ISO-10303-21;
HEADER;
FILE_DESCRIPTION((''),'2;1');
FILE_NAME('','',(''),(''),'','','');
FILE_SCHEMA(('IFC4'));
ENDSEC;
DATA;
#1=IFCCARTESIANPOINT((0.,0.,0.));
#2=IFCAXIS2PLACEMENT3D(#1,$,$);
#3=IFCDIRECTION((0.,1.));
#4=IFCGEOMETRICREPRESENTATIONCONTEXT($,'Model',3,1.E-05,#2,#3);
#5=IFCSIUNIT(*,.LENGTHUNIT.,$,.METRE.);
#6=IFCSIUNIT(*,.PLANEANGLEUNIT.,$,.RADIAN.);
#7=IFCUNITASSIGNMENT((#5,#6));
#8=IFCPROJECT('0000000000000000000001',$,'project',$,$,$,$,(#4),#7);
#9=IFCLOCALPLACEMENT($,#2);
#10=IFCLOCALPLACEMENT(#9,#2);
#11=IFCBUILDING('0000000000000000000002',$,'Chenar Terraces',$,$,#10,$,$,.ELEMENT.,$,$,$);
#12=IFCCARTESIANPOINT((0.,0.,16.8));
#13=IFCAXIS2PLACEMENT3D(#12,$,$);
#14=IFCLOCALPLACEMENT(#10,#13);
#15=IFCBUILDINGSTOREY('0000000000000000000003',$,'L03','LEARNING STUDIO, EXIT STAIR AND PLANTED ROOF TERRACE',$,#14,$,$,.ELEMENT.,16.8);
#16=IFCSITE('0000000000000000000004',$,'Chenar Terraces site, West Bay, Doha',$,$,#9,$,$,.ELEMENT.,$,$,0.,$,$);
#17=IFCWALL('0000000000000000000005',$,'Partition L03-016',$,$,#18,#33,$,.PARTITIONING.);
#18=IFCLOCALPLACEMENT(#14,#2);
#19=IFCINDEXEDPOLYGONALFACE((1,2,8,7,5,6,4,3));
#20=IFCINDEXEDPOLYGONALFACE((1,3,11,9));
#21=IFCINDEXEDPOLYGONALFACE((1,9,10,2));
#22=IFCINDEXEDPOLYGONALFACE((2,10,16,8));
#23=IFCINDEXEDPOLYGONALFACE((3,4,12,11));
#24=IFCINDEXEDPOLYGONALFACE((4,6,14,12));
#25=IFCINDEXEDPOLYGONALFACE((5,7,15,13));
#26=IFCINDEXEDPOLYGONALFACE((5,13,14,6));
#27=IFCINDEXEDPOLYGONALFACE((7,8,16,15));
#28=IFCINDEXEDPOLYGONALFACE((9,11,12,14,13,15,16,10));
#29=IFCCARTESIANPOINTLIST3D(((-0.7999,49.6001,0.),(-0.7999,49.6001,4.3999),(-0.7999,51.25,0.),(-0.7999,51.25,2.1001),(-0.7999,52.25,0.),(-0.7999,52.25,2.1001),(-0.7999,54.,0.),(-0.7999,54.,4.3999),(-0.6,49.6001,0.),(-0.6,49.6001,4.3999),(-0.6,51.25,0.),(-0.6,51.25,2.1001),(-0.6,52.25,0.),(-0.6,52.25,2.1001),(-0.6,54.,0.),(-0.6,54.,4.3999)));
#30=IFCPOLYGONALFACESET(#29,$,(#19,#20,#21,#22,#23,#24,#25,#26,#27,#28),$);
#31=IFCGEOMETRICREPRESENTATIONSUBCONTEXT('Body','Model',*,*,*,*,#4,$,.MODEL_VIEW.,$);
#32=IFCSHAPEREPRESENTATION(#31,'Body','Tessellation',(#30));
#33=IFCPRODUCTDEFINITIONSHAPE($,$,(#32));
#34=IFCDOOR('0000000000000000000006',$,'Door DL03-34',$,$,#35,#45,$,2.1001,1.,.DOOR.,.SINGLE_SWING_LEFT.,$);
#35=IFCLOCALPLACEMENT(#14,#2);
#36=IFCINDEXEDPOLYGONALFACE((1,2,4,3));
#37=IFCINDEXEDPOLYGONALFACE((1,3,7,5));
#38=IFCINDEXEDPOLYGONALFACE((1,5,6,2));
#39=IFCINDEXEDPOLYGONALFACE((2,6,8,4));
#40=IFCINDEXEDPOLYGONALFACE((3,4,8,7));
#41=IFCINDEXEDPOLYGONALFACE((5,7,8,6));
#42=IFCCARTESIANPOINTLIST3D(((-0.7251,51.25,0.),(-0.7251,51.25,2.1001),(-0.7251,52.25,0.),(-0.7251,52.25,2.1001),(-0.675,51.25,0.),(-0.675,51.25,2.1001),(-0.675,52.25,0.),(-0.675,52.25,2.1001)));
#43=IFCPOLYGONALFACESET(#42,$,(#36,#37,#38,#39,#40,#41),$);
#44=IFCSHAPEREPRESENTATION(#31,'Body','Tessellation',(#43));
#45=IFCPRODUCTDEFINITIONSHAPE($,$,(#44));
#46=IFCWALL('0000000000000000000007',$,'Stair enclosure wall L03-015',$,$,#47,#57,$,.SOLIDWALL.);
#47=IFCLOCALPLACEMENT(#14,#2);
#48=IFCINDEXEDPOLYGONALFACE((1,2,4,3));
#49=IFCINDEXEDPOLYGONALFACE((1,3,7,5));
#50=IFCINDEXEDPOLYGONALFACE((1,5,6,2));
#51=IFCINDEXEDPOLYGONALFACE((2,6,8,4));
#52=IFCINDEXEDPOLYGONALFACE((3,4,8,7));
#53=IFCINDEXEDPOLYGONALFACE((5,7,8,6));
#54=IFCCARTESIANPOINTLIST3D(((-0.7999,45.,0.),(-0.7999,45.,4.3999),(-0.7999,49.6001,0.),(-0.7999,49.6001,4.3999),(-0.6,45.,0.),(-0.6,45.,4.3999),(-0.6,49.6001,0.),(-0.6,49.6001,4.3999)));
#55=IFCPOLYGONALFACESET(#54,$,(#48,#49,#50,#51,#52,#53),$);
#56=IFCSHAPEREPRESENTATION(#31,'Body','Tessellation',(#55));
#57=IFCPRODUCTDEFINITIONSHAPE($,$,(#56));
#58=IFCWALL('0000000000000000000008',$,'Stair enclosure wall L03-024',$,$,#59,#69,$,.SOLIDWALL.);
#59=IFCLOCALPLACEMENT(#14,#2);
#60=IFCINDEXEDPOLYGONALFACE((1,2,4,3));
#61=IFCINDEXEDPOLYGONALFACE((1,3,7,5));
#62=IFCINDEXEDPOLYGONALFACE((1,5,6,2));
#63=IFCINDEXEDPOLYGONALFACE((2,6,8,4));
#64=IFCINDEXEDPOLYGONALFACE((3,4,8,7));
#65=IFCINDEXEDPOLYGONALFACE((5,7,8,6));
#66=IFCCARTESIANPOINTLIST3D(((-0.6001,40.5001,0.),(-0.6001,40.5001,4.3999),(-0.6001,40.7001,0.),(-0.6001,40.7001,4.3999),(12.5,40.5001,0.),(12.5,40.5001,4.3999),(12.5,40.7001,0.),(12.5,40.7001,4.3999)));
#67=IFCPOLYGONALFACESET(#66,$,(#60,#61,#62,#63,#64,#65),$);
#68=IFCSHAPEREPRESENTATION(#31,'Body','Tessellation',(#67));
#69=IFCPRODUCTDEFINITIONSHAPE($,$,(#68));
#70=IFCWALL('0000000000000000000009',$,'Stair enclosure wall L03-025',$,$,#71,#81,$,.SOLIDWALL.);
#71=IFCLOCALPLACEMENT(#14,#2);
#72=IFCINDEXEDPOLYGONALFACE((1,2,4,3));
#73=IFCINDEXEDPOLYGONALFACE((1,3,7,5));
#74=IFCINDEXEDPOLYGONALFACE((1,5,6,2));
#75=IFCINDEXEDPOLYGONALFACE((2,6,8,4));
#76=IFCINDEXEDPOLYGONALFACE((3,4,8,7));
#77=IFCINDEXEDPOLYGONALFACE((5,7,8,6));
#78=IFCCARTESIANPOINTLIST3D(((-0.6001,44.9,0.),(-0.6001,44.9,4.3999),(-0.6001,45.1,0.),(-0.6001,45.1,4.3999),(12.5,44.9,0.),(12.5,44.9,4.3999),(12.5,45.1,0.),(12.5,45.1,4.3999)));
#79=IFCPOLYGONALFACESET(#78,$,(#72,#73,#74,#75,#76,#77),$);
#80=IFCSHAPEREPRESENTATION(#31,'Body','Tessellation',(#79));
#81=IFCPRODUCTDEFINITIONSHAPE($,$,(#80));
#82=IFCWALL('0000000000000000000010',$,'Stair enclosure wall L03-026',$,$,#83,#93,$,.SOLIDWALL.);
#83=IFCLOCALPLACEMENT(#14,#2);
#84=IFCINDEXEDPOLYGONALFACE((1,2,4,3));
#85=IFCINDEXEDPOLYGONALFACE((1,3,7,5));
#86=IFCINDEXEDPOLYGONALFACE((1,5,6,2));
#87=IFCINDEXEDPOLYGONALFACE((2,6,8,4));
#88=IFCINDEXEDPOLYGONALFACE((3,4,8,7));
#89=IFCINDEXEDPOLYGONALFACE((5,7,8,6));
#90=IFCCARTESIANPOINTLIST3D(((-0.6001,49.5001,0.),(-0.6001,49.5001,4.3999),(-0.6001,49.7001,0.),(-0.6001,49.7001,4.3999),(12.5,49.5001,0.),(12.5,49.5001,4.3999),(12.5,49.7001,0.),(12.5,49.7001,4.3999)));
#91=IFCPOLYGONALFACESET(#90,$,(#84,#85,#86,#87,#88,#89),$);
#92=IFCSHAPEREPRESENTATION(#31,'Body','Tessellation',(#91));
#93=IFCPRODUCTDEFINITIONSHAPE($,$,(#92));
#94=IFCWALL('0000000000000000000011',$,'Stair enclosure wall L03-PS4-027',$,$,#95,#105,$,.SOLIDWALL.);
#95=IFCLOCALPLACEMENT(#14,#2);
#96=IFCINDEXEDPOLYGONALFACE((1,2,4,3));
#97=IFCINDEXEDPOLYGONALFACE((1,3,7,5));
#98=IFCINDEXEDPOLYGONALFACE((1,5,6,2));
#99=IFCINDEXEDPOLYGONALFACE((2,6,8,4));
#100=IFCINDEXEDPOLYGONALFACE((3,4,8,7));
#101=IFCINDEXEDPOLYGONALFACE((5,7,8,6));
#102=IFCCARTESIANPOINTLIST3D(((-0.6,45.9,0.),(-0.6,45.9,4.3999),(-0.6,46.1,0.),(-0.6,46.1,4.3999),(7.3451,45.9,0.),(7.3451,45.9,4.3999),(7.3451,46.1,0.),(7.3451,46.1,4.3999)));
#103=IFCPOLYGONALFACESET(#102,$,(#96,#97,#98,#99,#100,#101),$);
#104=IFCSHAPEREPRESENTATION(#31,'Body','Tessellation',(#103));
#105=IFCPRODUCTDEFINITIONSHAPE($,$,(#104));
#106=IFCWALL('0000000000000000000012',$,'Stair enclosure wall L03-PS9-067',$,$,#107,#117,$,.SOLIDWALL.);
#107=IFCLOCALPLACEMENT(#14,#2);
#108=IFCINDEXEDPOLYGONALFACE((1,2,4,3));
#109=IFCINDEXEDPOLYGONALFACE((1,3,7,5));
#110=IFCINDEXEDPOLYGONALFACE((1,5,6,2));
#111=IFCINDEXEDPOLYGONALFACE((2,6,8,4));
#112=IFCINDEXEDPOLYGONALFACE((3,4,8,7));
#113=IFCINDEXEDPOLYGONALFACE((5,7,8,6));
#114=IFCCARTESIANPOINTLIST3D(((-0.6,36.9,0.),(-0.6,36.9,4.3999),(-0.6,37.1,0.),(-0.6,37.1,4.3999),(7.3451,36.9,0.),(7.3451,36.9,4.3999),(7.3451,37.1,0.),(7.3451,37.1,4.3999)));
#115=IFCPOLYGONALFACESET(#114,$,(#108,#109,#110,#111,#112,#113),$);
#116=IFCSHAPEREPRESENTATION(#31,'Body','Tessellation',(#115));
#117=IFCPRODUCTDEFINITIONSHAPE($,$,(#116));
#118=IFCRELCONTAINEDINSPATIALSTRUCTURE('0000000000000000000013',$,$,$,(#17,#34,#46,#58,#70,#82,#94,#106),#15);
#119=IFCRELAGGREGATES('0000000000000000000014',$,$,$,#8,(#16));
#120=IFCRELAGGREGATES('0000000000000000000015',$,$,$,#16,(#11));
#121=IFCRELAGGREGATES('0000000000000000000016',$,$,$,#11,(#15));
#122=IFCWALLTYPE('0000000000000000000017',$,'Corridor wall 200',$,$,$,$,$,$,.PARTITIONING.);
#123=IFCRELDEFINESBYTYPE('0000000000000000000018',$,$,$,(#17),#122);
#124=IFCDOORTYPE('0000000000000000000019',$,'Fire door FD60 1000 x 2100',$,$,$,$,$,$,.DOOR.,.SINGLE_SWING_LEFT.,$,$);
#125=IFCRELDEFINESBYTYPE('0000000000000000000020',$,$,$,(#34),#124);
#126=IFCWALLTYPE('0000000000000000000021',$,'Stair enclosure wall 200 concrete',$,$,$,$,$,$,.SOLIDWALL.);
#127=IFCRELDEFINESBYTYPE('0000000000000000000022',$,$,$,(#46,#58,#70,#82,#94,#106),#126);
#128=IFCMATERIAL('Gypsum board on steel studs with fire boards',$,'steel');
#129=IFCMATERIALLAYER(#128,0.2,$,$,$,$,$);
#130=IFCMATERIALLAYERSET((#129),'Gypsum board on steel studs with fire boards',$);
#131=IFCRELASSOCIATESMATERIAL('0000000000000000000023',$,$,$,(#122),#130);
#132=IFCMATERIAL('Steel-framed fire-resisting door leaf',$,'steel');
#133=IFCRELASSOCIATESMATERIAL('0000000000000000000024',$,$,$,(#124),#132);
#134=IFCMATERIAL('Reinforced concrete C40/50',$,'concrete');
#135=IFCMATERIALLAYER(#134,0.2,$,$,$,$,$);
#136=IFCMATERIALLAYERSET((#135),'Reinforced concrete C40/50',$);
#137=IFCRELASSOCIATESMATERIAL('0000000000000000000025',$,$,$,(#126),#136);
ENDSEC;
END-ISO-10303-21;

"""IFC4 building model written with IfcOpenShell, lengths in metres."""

from ifc_helpers import new_model, si_unit, direction, frame, frame_2d, origin, place, context, subcontext, project, spatial, rectangle, extrude, material, layer, layer_set, type_object, element, fill, save


model = new_model("IFC4")

# Units and contexts
model_context = context("Model", 3, precision=1e-05, world=origin(), true_north=direction((0.0, 1.0)))
body_context = subcontext(model_context, "Body", "Model", "MODEL_VIEW")
ifc_project = project(units=[si_unit("LENGTHUNIT", "METRE"), si_unit("PLANEANGLEUNIT", "RADIAN")], contexts=[model_context])

# Site, building, storey
site_placement = place(None, origin())
site = spatial("IfcSite", under=ifc_project, at=site_placement, Name="Chenar Terraces site, West Bay, Doha", CompositionType="ELEMENT", RefElevation=0.0)
building_placement = place(site_placement, origin())
building = spatial("IfcBuilding", under=site, at=building_placement, Name="Chenar Terraces", CompositionType="ELEMENT")
storey_placement = place(building_placement, frame((0.0, 0.0, 16.8)))
storey = spatial("IfcBuildingStorey", under=building, at=storey_placement, Name="L03", Description="LEARNING STUDIO, EXIT STAIR AND PLANTED ROOF TERRACE", CompositionType="ELEMENT", Elevation=16.8)

# Wall, opening, door
ifc_material_1 = material(Name="Gypsum board on steel studs with fire boards", Category="steel")
ifc_layer_1 = layer(ifc_material_1, 0.2)
ifc_layer_set_1 = layer_set([ifc_layer_1], Name="Gypsum board on steel studs with fire boards")
wall_type_1 = type_object("IfcWallType", Name="Corridor wall 200", PredefinedType="PARTITIONING", material=ifc_layer_set_1)
ifc_material_2 = material(Name="Steel-framed fire-resisting door leaf", Category="steel")
door_type_1 = type_object("IfcDoorType", Name="Fire door FD60 1000 x 2100", OperationType="SINGLE_SWING_LEFT", PredefinedType="DOOR", material=ifc_material_2)
wall_1_placement = place(storey_placement, frame((-0.7, 49.6001, 0.0), z_axis=(0.0, 0.0, 1.0), x_axis=(0.0, 1.0, 0.0)))
wall_1 = element("IfcWall", 1, at=wall_1_placement, inside=storey, type_object=wall_type_1, Name="Partition L03-016", PredefinedType="PARTITIONING", context=body_context, shape_type="SweptSolid", body=[
    extrude(rectangle(XDim=4.3999, YDim=0.2, at=frame_2d((2.2, 0.0))), origin(), (0.0, 0.0, 1.0), 4.3999),
])
opening_1_placement = place(wall_1_placement, frame((1.6499, 0.0, 0.0)))
opening_1 = element("IfcOpeningElement", 2, at=opening_1_placement, cuts=wall_1, PredefinedType="OPENING", context=body_context, shape_type="SweptSolid", body=[
    extrude(rectangle(XDim=1.0, YDim=2.1001, at=frame_2d((0.5, 1.05))), frame((0.0, 0.1099, 0.0), z_axis=(0.0, -1.0, 0.0), x_axis=(1.0, 0.0, 0.0)), (0.0, 0.0, 1.0), 0.22),
])
door_1_placement = place(opening_1_placement, frame((1.0, 0.0, 0.0), z_axis=(0.0, 0.0, 1.0), x_axis=(-1.0, 0.0, 0.0)))
door_1 = element("IfcDoor", 3, at=door_1_placement, inside=storey, type_object=door_type_1, Name="Door DL03-34", OperationType="SINGLE_SWING_LEFT", OverallHeight=2.1001, OverallWidth=1.0, PredefinedType="DOOR", context=body_context, shape_type="SweptSolid", body=[
    extrude(rectangle(XDim=1.0, YDim=2.1001, at=frame_2d((0.5, 1.05))), frame((0.0, 0.0249, 0.0), z_axis=(0.0, -1.0, 0.0), x_axis=(1.0, 0.0, 0.0)), (0.0, 0.0, 1.0), 0.05),
])
fill(opening_1, door_1)

# Walls
ifc_material_3 = material(Name="Reinforced concrete C40/50", Category="concrete")
ifc_layer_2 = layer(ifc_material_3, 0.2)
ifc_layer_set_2 = layer_set([ifc_layer_2], Name="Reinforced concrete C40/50")
wall_type_2 = type_object("IfcWallType", Name="Stair enclosure wall 200 concrete", PredefinedType="SOLIDWALL", material=ifc_layer_set_2)
wall_2_placement = place(storey_placement, frame((-0.7, 45.0, 0.0), z_axis=(0.0, 0.0, 1.0), x_axis=(0.0, 1.0, 0.0)))
element("IfcWall", 4, at=wall_2_placement, inside=storey, type_object=wall_type_2, Name="Stair enclosure wall L03-015", PredefinedType="SOLIDWALL", context=body_context, shape_type="SweptSolid", body=[
    extrude(rectangle(XDim=4.6001, YDim=0.2, at=frame_2d((2.3, 0.0))), origin(), (0.0, 0.0, 1.0), 4.3999),
])
for number, where, z_axis, x_axis, name in (
    (5, (-0.6001, 40.6001, 0.0), (0.0, 0.0, 1.0), (1.0, 0.0, 0.0), "Stair enclosure wall L03-024"),
    (6, (-0.6001, 45.0, 0.0), (0.0, 0.0, 1.0), (1.0, 0.0, 0.0), "Stair enclosure wall L03-025"),
    (7, (-0.6001, 49.6001, 0.0), (0.0, 0.0, 1.0), (1.0, 0.0, 0.0), "Stair enclosure wall L03-026"),
):
    element("IfcWall", number, at=place(storey_placement, frame(where, z_axis=z_axis, x_axis=x_axis)), inside=storey, type_object=wall_type_2, Name=name, PredefinedType="SOLIDWALL", context=body_context, shape_type="SweptSolid", body=[
        extrude(rectangle(XDim=13.1001, YDim=0.2, at=frame_2d((6.55, 0.0))), origin(), (0.0, 0.0, 1.0), 4.3999),
    ])
for number, where, z_axis, x_axis, name in (
    (8, (-0.6001, 46.0, 0.0), (0.0, 0.0, 1.0), (1.0, 0.0, 0.0), "Stair enclosure wall L03-PS4-027"),
    (9, (-0.6001, 37.0, 0.0), (0.0, 0.0, 1.0), (1.0, 0.0, 0.0), "Stair enclosure wall L03-PS9-067"),
):
    element("IfcWall", number, at=place(storey_placement, frame(where, z_axis=z_axis, x_axis=x_axis)), inside=storey, type_object=wall_type_2, Name=name, PredefinedType="SOLIDWALL", context=body_context, shape_type="SweptSolid", body=[
        extrude(rectangle(XDim=7.9451, YDim=0.2, at=frame_2d((3.9727, 0.0))), origin(), (0.0, 0.0, 1.0), 4.3999),
    ])

save(model, "model.ifc")
